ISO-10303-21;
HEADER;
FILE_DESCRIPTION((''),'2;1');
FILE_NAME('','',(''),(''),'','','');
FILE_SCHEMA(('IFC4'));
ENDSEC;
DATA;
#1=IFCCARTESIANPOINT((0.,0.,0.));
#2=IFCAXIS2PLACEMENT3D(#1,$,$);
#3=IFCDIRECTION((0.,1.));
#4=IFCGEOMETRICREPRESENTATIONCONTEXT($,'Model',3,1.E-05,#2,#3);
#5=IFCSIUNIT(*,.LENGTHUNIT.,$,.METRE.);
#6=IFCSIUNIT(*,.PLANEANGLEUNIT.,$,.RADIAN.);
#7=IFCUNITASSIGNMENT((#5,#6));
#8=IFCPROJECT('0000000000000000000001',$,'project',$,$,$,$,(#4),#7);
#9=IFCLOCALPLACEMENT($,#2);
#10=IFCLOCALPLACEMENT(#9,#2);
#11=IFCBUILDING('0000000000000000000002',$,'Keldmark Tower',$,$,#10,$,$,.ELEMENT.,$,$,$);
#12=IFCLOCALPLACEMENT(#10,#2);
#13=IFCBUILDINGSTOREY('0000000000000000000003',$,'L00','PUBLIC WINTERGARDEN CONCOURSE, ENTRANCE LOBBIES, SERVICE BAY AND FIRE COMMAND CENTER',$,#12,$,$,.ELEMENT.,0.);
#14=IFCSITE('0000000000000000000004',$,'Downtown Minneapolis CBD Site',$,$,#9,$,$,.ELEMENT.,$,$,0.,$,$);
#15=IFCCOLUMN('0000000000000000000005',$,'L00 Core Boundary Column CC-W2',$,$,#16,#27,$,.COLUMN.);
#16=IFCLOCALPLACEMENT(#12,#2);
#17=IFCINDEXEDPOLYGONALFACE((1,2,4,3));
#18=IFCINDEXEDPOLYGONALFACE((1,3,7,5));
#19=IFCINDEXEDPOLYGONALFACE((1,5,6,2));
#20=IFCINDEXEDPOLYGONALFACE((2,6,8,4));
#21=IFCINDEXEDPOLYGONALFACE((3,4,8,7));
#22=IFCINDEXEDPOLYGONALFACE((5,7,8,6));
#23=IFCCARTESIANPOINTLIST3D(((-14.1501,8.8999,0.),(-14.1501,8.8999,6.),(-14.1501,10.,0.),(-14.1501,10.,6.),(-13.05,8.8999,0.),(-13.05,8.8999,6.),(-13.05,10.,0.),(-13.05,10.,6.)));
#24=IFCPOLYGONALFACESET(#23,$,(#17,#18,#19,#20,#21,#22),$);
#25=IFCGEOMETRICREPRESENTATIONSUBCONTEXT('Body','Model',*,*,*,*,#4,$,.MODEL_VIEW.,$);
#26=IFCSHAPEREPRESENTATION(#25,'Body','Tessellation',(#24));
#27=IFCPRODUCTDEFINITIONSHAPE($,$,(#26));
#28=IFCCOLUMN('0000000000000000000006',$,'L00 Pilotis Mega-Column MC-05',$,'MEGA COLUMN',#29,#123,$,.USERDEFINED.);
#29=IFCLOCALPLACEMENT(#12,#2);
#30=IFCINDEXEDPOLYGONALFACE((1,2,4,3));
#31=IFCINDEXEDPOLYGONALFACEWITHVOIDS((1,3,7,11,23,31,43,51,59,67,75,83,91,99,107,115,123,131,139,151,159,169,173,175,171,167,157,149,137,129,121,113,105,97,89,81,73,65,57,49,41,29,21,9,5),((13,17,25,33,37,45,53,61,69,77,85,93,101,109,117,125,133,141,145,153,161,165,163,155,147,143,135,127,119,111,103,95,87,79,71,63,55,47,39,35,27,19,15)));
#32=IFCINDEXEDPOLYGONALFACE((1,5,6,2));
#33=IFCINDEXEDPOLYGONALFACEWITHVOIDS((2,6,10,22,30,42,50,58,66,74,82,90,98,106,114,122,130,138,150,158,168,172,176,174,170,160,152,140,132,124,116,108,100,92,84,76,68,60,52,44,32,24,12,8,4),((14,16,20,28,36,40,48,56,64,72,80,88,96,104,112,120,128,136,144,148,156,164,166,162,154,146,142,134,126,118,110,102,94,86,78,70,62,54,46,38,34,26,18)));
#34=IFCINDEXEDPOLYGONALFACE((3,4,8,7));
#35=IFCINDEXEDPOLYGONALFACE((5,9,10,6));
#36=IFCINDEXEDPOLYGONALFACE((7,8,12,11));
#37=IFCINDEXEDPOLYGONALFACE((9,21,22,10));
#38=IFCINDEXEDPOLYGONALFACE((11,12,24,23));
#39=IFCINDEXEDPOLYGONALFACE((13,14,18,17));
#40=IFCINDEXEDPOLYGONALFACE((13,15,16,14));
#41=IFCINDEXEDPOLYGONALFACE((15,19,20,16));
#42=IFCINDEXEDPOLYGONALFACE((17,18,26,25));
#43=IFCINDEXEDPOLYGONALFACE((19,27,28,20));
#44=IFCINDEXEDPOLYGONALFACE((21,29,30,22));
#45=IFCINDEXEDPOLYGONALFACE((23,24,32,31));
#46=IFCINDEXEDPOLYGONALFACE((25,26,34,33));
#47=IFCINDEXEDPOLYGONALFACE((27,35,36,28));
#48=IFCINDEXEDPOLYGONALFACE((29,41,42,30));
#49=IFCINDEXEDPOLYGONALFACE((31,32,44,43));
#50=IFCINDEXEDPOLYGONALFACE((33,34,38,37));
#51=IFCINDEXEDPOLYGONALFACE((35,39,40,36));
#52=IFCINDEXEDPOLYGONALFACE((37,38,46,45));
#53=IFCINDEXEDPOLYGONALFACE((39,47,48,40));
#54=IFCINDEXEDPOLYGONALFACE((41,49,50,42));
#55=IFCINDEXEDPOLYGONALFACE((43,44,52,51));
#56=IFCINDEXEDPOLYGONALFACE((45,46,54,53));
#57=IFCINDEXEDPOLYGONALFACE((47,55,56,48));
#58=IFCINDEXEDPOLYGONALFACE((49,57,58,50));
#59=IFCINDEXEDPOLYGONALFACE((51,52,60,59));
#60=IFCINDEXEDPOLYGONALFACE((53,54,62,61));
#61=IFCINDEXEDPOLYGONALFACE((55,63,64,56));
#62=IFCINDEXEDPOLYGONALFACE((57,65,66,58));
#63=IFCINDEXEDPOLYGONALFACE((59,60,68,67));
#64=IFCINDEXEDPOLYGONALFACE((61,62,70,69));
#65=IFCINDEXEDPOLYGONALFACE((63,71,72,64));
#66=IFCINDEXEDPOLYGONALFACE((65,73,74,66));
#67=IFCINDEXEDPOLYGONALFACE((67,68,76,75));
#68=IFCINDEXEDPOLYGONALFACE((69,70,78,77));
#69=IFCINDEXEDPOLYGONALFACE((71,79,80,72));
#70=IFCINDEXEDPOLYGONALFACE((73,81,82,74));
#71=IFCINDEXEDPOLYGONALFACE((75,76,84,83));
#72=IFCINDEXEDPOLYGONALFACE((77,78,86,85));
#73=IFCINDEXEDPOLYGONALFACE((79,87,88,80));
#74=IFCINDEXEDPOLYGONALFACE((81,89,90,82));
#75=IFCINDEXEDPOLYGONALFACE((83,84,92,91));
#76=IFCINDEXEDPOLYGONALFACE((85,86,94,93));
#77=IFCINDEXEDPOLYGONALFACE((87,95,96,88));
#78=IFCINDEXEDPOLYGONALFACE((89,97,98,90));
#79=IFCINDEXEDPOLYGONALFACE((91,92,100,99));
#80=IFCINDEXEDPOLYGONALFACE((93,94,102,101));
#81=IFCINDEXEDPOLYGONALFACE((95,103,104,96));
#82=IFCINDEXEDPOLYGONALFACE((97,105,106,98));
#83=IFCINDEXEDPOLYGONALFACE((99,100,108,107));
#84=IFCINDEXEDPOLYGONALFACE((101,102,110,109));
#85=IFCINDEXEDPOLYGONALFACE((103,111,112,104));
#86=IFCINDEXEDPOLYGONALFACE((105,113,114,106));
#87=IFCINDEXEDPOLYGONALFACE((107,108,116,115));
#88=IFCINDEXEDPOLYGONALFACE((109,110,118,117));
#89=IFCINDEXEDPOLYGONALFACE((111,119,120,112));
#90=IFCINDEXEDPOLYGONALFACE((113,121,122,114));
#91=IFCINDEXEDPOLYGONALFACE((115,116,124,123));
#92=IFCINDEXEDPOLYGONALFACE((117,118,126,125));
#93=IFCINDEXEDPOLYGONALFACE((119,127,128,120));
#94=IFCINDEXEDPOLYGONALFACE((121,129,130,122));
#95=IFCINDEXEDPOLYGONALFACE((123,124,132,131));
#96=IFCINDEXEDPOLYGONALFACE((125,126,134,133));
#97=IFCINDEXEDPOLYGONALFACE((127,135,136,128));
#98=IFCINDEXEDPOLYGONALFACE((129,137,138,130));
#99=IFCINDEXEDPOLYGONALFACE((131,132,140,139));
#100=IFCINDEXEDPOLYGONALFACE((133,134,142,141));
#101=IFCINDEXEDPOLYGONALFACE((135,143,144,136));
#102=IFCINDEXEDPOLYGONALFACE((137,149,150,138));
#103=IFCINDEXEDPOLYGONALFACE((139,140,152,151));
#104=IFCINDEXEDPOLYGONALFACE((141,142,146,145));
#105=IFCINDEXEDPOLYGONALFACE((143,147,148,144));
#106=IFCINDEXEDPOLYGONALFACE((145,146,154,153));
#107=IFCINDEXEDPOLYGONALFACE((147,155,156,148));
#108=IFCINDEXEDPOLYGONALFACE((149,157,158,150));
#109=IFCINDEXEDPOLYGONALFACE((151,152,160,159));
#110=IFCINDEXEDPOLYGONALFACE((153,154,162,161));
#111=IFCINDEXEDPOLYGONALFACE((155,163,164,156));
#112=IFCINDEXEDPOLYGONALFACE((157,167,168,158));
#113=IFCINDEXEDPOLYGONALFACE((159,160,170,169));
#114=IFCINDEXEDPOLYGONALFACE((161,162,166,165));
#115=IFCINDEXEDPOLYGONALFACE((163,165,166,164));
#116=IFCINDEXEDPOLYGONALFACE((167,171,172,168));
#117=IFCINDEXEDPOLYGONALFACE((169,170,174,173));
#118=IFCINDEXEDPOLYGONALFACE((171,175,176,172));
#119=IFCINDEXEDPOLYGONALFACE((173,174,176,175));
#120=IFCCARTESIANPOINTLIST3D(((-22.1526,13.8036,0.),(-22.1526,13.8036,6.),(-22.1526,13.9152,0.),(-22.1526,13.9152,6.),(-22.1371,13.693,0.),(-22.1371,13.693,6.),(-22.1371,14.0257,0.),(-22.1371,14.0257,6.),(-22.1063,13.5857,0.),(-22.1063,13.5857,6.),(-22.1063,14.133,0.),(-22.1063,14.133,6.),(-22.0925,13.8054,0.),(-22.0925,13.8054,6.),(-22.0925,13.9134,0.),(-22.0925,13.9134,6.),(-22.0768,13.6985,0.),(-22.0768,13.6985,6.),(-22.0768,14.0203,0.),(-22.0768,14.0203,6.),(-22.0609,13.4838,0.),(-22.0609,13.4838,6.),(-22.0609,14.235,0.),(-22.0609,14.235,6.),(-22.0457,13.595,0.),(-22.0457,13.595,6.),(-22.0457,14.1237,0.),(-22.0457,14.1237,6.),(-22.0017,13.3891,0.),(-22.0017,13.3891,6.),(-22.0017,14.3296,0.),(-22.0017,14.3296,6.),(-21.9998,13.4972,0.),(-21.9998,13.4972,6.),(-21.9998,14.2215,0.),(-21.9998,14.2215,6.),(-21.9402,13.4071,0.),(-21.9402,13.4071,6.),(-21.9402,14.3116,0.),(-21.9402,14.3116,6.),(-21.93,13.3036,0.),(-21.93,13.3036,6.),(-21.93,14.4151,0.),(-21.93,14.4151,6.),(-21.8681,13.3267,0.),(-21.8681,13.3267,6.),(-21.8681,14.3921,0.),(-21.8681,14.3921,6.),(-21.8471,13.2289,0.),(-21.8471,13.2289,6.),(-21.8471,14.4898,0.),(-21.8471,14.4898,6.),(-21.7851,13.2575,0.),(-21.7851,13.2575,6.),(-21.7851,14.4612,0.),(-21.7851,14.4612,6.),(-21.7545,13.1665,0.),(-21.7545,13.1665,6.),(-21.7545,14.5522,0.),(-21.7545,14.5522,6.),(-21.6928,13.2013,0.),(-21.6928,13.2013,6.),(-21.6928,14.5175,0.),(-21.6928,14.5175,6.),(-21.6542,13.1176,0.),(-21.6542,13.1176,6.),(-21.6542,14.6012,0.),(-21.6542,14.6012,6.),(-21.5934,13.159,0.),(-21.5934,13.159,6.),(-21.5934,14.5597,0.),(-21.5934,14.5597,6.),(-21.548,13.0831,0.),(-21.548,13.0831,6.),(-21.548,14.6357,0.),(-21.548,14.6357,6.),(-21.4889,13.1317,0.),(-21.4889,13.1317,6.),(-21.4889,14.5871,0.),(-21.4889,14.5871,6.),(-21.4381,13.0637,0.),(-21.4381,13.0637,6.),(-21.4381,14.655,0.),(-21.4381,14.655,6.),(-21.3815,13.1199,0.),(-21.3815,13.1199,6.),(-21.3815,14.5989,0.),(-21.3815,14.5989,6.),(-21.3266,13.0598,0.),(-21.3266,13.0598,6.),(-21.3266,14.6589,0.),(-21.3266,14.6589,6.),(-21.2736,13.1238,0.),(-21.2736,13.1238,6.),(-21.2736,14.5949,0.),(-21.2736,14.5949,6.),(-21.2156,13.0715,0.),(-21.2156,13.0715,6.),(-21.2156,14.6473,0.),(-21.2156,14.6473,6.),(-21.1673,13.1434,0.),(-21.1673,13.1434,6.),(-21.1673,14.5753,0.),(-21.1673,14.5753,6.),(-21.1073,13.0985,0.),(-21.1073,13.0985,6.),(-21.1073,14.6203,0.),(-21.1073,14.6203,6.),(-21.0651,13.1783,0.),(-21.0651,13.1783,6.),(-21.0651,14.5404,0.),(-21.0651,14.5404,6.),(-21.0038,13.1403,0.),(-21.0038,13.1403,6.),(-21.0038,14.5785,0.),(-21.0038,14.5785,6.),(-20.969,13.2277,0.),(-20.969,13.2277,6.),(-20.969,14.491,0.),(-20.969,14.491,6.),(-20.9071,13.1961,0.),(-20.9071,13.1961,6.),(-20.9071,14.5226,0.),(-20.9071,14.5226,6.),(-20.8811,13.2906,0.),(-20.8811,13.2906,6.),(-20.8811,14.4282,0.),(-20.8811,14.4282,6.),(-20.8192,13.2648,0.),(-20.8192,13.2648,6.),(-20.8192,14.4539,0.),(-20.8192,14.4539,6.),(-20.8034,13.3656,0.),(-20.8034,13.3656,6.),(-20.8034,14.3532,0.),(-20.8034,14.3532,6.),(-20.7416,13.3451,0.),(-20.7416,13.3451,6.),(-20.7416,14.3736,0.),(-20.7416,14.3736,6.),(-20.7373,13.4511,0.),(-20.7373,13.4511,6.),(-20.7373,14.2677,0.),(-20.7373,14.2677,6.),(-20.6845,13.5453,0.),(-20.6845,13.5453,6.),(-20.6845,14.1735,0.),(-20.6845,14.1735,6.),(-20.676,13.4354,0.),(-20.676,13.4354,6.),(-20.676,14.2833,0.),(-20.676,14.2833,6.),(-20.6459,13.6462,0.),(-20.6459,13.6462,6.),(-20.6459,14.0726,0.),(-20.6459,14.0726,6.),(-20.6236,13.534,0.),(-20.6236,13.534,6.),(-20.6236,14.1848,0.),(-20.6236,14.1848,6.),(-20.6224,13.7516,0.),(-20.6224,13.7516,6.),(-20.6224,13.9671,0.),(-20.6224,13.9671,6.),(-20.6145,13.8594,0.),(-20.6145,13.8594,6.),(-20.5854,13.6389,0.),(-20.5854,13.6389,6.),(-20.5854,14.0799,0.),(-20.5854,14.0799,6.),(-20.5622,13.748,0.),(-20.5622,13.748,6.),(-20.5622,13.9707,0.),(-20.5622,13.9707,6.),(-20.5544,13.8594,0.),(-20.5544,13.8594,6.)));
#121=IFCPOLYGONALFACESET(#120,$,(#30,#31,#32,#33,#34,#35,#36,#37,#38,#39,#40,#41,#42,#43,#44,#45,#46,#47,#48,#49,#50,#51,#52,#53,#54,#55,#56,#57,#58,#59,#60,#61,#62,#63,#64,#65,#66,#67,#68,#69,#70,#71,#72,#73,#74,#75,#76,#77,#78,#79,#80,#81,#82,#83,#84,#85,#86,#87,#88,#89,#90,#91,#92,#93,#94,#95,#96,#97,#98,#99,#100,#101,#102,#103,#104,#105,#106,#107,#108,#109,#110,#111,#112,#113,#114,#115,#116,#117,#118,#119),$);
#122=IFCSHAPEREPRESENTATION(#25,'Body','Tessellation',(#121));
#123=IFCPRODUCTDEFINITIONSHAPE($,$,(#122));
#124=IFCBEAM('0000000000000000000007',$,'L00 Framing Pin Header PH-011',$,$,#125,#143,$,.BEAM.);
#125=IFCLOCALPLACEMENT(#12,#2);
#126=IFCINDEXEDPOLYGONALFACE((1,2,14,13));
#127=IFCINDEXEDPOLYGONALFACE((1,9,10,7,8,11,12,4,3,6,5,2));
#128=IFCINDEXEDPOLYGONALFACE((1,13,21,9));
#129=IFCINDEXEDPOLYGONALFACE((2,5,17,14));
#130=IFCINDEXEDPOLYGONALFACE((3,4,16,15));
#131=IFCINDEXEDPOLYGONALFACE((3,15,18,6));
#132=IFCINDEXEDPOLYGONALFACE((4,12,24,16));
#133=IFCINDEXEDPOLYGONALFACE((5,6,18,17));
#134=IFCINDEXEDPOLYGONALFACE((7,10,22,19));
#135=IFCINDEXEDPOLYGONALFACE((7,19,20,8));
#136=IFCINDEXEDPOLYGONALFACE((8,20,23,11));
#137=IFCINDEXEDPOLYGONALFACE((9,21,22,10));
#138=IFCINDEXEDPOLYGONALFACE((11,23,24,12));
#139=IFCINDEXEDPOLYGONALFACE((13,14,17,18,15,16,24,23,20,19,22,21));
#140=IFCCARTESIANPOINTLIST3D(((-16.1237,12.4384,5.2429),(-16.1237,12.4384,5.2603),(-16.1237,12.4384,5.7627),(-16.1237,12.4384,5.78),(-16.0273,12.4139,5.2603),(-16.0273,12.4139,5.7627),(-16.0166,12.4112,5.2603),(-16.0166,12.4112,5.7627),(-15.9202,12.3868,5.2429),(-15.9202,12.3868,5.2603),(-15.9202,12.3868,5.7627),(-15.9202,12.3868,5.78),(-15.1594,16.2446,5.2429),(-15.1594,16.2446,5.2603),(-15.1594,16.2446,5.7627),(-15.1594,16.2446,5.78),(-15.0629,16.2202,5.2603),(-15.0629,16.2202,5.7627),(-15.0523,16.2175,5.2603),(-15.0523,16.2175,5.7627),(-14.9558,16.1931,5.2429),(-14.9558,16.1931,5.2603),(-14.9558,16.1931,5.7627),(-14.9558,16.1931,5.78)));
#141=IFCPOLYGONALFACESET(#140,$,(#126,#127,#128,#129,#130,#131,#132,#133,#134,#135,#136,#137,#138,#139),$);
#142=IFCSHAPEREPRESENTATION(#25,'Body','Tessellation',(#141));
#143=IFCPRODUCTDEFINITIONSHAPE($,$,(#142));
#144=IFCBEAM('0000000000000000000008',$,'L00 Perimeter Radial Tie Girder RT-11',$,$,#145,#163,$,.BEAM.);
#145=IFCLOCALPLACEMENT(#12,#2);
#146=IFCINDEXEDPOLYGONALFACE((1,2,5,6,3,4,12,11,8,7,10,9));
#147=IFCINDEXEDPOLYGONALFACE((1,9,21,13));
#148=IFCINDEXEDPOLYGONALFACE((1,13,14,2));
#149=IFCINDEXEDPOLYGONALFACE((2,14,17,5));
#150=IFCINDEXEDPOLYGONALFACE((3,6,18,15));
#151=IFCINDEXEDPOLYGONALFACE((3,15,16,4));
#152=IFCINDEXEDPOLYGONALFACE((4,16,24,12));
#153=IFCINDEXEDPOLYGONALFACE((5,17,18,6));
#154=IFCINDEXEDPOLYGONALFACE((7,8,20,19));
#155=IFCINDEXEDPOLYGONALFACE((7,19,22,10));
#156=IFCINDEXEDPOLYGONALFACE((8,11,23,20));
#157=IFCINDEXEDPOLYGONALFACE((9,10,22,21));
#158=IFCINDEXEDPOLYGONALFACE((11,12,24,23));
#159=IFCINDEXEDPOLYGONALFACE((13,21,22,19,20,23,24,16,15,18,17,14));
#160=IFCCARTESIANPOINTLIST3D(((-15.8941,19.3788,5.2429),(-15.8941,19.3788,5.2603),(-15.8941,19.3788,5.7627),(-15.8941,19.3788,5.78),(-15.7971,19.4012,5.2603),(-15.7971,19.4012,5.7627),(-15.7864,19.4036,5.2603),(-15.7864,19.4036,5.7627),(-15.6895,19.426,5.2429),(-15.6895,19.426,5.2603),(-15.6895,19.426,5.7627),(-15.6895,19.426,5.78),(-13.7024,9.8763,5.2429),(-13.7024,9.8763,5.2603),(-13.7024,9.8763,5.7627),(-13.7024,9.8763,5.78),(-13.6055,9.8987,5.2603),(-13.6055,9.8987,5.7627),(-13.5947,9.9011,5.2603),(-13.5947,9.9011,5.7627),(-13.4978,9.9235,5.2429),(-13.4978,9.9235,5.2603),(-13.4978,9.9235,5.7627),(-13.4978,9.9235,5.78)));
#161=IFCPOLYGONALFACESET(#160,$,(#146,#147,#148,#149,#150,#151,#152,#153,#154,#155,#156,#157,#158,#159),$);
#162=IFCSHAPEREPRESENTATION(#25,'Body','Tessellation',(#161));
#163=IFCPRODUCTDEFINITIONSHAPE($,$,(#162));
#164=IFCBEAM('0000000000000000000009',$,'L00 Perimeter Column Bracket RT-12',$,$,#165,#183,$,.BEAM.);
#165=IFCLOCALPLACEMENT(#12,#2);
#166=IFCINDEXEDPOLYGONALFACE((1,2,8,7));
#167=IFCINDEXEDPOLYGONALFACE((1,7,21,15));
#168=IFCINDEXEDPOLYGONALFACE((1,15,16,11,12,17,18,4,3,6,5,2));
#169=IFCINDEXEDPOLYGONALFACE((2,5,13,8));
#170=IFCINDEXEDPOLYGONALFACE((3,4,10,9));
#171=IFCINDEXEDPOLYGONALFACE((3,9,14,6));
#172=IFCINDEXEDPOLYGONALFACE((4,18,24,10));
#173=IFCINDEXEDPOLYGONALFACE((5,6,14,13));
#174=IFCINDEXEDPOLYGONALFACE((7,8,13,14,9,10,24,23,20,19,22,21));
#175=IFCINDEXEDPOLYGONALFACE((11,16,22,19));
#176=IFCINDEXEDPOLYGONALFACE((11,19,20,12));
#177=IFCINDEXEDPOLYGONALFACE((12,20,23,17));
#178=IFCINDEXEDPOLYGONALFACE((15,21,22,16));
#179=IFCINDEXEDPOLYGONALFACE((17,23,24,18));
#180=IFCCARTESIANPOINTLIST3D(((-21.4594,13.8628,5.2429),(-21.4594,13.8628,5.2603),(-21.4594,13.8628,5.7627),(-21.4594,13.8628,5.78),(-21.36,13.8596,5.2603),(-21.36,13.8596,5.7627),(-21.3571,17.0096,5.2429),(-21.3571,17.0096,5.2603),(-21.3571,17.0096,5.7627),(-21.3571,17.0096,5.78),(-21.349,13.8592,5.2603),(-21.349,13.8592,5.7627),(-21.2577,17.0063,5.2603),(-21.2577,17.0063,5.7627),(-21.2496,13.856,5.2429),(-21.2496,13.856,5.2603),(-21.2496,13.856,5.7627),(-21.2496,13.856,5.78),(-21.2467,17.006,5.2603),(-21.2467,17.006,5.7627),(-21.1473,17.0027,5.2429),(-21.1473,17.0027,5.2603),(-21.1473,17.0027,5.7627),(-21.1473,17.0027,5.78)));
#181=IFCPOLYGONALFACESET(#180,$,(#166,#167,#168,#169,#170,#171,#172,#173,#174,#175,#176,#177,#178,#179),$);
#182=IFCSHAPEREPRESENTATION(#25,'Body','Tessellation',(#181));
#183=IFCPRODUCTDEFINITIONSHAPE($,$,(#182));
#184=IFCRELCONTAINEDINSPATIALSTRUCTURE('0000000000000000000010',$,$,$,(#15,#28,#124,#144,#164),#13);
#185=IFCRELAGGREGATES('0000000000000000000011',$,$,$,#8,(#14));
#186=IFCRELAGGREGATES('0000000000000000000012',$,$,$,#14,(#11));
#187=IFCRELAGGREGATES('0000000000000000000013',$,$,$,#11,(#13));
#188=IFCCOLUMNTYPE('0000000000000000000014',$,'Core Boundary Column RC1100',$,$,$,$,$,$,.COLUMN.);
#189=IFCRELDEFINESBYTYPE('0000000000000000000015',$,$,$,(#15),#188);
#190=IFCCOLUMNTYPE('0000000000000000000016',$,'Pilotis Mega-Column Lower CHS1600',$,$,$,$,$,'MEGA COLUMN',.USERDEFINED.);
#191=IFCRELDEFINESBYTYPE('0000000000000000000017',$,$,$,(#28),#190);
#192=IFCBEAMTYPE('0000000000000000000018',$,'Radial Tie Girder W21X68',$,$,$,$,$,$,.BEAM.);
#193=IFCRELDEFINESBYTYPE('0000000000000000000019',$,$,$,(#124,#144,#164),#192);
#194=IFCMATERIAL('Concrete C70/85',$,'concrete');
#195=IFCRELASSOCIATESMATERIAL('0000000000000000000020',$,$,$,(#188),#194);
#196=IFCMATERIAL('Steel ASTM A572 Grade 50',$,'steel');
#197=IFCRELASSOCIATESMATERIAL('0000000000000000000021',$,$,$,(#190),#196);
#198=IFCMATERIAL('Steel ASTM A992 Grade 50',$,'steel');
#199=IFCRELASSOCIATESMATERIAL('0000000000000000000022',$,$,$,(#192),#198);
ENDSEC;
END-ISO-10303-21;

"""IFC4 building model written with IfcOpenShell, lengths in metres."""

from ifc_helpers import new_model, si_unit, direction, frame, origin, origin_2d, place, context, subcontext, project, spatial, rectangle, hollow_circle, i_section, extrude, material, material_profile, profile_set, type_object, element, save


model = new_model("IFC4")

# Units and contexts
model_context = context("Model", 3, precision=1e-05, world=origin(), true_north=direction((0.0, 1.0)))
body_context = subcontext(model_context, "Body", "Model", "MODEL_VIEW")
ifc_project = project(units=[si_unit("LENGTHUNIT", "METRE"), si_unit("PLANEANGLEUNIT", "RADIAN")], contexts=[model_context])

# Site, building, storey
site_placement = place(None, origin())
site = spatial("IfcSite", under=ifc_project, at=site_placement, Name="Downtown Minneapolis CBD Site", CompositionType="ELEMENT", RefElevation=0.0)
building_placement = place(site_placement, origin())
building = spatial("IfcBuilding", under=site, at=building_placement, Name="Keldmark Tower", CompositionType="ELEMENT")
storey_placement = place(building_placement, origin())
storey = spatial("IfcBuildingStorey", under=building, at=storey_placement, Name="L00", Description="PUBLIC WINTERGARDEN CONCOURSE, ENTRANCE LOBBIES, SERVICE BAY AND FIRE COMMAND CENTER", CompositionType="ELEMENT", Elevation=0.0)

# Columns
ifc_material_1 = material(Name="Concrete C70/85", Category="concrete")
ifc_material_profile_1 = material_profile(ifc_material_1, rectangle(XDim=1.1001, YDim=1.1001, at=origin_2d()), Name="RC1100X1100")
ifc_profile_set_1 = profile_set([ifc_material_profile_1], Name="Concrete C70/85")
column_type_1 = type_object("IfcColumnType", Name="Core Boundary Column RC1100", PredefinedType="COLUMN", material=ifc_profile_set_1)
column_1_placement = place(storey_placement, frame((-13.6001, 9.45, 0.0), z_axis=(0.0, 0.0, 1.0), x_axis=(1.0, 0.0, 0.0)))
element("IfcColumn", 1, at=column_1_placement, inside=storey, type_object=column_type_1, Name="L00 Core Boundary Column CC-W2", PredefinedType="COLUMN", context=body_context, shape_type="SweptSolid", body=[
    extrude(rectangle(XDim=1.1001, YDim=1.1001, at=origin_2d()), origin(), (0.0, 0.0, 1.0), 6.0),
])
ifc_material_2 = material(Name="Steel ASTM A572 Grade 50", Category="steel")
ifc_material_profile_2 = material_profile(ifc_material_2, hollow_circle(Radius=0.8, WallThickness=0.0601, at=origin_2d()), Name="CHS1600X60")
ifc_profile_set_2 = profile_set([ifc_material_profile_2], Name="Steel ASTM A572 Grade 50")
column_type_2 = type_object("IfcColumnType", Name="Pilotis Mega-Column Lower CHS1600", ElementType="MEGA COLUMN", PredefinedType="USERDEFINED", material=ifc_profile_set_2)
column_2_placement = place(storey_placement, frame((-21.3545, 13.8594, 0.0), z_axis=(0.0, 0.0, 1.0), x_axis=(1.0, 0.0, 0.0)))
element("IfcColumn", 2, at=column_2_placement, inside=storey, type_object=column_type_2, Name="L00 Pilotis Mega-Column MC-05", ObjectType="MEGA COLUMN", PredefinedType="USERDEFINED", context=body_context, shape_type="SweptSolid", body=[
    extrude(hollow_circle(Radius=0.8, WallThickness=0.0601, at=origin_2d()), origin(), (0.0, 0.0, 1.0), 6.0),
])

# Beams
ifc_material_3 = material(Name="Steel ASTM A992 Grade 50", Category="steel")
ifc_material_profile_3 = material_profile(ifc_material_3, i_section(OverallWidth=0.21, OverallDepth=0.5371, WebThickness=0.011, FlangeThickness=0.0173, at=origin_2d()), Name="W21X68")
ifc_profile_set_3 = profile_set([ifc_material_profile_3], Name="Steel ASTM A992 Grade 50")
beam_type_1 = type_object("IfcBeamType", Name="Radial Tie Girder W21X68", PredefinedType="BEAM", material=ifc_profile_set_3)
beam_1_placement = place(storey_placement, frame((-16.022, 12.4126, 5.5115), z_axis=(0.245607, 0.96937, 0.0), x_axis=(-0.96937, 0.245607, 0.0)))
element("IfcBeam", 3, at=beam_1_placement, inside=storey, type_object=beam_type_1, Name="L00 Framing Pin Header PH-011", PredefinedType="BEAM", context=body_context, shape_type="SweptSolid", body=[
    extrude(i_section(OverallWidth=0.21, OverallDepth=0.5371, WebThickness=0.011, FlangeThickness=0.0173, at=origin_2d()), origin(), (0.0, 0.0, 1.0), 3.9265),
])
beam_2_placement = place(storey_placement, frame((-13.6001, 9.8999, 5.5115), z_axis=(-0.224741, 0.974419, 0.0), x_axis=(-0.974419, -0.224741, 0.0)))
element("IfcBeam", 4, at=beam_2_placement, inside=storey, type_object=beam_type_1, Name="L00 Perimeter Radial Tie Girder RT-11", PredefinedType="BEAM", context=body_context, shape_type="SweptSolid", body=[
    extrude(i_section(OverallWidth=0.21, OverallDepth=0.5371, WebThickness=0.011, FlangeThickness=0.0173, at=origin_2d()), origin(), (0.0, 0.0, 1.0), 9.752),
])
beam_3_placement = place(storey_placement, frame((-21.3545, 13.8594, 5.5115), z_axis=(0.032491, 0.999472, 0.0), x_axis=(-0.999472, 0.032491, 0.0)))
element("IfcBeam", 5, at=beam_3_placement, inside=storey, type_object=beam_type_1, Name="L00 Perimeter Column Bracket RT-12", PredefinedType="BEAM", context=body_context, shape_type="SweptSolid", body=[
    extrude(i_section(OverallWidth=0.21, OverallDepth=0.5371, WebThickness=0.011, FlangeThickness=0.0173, at=origin_2d()), origin(), (0.0, 0.0, 1.0), 3.1484),
])

save(model, "model.ifc")
